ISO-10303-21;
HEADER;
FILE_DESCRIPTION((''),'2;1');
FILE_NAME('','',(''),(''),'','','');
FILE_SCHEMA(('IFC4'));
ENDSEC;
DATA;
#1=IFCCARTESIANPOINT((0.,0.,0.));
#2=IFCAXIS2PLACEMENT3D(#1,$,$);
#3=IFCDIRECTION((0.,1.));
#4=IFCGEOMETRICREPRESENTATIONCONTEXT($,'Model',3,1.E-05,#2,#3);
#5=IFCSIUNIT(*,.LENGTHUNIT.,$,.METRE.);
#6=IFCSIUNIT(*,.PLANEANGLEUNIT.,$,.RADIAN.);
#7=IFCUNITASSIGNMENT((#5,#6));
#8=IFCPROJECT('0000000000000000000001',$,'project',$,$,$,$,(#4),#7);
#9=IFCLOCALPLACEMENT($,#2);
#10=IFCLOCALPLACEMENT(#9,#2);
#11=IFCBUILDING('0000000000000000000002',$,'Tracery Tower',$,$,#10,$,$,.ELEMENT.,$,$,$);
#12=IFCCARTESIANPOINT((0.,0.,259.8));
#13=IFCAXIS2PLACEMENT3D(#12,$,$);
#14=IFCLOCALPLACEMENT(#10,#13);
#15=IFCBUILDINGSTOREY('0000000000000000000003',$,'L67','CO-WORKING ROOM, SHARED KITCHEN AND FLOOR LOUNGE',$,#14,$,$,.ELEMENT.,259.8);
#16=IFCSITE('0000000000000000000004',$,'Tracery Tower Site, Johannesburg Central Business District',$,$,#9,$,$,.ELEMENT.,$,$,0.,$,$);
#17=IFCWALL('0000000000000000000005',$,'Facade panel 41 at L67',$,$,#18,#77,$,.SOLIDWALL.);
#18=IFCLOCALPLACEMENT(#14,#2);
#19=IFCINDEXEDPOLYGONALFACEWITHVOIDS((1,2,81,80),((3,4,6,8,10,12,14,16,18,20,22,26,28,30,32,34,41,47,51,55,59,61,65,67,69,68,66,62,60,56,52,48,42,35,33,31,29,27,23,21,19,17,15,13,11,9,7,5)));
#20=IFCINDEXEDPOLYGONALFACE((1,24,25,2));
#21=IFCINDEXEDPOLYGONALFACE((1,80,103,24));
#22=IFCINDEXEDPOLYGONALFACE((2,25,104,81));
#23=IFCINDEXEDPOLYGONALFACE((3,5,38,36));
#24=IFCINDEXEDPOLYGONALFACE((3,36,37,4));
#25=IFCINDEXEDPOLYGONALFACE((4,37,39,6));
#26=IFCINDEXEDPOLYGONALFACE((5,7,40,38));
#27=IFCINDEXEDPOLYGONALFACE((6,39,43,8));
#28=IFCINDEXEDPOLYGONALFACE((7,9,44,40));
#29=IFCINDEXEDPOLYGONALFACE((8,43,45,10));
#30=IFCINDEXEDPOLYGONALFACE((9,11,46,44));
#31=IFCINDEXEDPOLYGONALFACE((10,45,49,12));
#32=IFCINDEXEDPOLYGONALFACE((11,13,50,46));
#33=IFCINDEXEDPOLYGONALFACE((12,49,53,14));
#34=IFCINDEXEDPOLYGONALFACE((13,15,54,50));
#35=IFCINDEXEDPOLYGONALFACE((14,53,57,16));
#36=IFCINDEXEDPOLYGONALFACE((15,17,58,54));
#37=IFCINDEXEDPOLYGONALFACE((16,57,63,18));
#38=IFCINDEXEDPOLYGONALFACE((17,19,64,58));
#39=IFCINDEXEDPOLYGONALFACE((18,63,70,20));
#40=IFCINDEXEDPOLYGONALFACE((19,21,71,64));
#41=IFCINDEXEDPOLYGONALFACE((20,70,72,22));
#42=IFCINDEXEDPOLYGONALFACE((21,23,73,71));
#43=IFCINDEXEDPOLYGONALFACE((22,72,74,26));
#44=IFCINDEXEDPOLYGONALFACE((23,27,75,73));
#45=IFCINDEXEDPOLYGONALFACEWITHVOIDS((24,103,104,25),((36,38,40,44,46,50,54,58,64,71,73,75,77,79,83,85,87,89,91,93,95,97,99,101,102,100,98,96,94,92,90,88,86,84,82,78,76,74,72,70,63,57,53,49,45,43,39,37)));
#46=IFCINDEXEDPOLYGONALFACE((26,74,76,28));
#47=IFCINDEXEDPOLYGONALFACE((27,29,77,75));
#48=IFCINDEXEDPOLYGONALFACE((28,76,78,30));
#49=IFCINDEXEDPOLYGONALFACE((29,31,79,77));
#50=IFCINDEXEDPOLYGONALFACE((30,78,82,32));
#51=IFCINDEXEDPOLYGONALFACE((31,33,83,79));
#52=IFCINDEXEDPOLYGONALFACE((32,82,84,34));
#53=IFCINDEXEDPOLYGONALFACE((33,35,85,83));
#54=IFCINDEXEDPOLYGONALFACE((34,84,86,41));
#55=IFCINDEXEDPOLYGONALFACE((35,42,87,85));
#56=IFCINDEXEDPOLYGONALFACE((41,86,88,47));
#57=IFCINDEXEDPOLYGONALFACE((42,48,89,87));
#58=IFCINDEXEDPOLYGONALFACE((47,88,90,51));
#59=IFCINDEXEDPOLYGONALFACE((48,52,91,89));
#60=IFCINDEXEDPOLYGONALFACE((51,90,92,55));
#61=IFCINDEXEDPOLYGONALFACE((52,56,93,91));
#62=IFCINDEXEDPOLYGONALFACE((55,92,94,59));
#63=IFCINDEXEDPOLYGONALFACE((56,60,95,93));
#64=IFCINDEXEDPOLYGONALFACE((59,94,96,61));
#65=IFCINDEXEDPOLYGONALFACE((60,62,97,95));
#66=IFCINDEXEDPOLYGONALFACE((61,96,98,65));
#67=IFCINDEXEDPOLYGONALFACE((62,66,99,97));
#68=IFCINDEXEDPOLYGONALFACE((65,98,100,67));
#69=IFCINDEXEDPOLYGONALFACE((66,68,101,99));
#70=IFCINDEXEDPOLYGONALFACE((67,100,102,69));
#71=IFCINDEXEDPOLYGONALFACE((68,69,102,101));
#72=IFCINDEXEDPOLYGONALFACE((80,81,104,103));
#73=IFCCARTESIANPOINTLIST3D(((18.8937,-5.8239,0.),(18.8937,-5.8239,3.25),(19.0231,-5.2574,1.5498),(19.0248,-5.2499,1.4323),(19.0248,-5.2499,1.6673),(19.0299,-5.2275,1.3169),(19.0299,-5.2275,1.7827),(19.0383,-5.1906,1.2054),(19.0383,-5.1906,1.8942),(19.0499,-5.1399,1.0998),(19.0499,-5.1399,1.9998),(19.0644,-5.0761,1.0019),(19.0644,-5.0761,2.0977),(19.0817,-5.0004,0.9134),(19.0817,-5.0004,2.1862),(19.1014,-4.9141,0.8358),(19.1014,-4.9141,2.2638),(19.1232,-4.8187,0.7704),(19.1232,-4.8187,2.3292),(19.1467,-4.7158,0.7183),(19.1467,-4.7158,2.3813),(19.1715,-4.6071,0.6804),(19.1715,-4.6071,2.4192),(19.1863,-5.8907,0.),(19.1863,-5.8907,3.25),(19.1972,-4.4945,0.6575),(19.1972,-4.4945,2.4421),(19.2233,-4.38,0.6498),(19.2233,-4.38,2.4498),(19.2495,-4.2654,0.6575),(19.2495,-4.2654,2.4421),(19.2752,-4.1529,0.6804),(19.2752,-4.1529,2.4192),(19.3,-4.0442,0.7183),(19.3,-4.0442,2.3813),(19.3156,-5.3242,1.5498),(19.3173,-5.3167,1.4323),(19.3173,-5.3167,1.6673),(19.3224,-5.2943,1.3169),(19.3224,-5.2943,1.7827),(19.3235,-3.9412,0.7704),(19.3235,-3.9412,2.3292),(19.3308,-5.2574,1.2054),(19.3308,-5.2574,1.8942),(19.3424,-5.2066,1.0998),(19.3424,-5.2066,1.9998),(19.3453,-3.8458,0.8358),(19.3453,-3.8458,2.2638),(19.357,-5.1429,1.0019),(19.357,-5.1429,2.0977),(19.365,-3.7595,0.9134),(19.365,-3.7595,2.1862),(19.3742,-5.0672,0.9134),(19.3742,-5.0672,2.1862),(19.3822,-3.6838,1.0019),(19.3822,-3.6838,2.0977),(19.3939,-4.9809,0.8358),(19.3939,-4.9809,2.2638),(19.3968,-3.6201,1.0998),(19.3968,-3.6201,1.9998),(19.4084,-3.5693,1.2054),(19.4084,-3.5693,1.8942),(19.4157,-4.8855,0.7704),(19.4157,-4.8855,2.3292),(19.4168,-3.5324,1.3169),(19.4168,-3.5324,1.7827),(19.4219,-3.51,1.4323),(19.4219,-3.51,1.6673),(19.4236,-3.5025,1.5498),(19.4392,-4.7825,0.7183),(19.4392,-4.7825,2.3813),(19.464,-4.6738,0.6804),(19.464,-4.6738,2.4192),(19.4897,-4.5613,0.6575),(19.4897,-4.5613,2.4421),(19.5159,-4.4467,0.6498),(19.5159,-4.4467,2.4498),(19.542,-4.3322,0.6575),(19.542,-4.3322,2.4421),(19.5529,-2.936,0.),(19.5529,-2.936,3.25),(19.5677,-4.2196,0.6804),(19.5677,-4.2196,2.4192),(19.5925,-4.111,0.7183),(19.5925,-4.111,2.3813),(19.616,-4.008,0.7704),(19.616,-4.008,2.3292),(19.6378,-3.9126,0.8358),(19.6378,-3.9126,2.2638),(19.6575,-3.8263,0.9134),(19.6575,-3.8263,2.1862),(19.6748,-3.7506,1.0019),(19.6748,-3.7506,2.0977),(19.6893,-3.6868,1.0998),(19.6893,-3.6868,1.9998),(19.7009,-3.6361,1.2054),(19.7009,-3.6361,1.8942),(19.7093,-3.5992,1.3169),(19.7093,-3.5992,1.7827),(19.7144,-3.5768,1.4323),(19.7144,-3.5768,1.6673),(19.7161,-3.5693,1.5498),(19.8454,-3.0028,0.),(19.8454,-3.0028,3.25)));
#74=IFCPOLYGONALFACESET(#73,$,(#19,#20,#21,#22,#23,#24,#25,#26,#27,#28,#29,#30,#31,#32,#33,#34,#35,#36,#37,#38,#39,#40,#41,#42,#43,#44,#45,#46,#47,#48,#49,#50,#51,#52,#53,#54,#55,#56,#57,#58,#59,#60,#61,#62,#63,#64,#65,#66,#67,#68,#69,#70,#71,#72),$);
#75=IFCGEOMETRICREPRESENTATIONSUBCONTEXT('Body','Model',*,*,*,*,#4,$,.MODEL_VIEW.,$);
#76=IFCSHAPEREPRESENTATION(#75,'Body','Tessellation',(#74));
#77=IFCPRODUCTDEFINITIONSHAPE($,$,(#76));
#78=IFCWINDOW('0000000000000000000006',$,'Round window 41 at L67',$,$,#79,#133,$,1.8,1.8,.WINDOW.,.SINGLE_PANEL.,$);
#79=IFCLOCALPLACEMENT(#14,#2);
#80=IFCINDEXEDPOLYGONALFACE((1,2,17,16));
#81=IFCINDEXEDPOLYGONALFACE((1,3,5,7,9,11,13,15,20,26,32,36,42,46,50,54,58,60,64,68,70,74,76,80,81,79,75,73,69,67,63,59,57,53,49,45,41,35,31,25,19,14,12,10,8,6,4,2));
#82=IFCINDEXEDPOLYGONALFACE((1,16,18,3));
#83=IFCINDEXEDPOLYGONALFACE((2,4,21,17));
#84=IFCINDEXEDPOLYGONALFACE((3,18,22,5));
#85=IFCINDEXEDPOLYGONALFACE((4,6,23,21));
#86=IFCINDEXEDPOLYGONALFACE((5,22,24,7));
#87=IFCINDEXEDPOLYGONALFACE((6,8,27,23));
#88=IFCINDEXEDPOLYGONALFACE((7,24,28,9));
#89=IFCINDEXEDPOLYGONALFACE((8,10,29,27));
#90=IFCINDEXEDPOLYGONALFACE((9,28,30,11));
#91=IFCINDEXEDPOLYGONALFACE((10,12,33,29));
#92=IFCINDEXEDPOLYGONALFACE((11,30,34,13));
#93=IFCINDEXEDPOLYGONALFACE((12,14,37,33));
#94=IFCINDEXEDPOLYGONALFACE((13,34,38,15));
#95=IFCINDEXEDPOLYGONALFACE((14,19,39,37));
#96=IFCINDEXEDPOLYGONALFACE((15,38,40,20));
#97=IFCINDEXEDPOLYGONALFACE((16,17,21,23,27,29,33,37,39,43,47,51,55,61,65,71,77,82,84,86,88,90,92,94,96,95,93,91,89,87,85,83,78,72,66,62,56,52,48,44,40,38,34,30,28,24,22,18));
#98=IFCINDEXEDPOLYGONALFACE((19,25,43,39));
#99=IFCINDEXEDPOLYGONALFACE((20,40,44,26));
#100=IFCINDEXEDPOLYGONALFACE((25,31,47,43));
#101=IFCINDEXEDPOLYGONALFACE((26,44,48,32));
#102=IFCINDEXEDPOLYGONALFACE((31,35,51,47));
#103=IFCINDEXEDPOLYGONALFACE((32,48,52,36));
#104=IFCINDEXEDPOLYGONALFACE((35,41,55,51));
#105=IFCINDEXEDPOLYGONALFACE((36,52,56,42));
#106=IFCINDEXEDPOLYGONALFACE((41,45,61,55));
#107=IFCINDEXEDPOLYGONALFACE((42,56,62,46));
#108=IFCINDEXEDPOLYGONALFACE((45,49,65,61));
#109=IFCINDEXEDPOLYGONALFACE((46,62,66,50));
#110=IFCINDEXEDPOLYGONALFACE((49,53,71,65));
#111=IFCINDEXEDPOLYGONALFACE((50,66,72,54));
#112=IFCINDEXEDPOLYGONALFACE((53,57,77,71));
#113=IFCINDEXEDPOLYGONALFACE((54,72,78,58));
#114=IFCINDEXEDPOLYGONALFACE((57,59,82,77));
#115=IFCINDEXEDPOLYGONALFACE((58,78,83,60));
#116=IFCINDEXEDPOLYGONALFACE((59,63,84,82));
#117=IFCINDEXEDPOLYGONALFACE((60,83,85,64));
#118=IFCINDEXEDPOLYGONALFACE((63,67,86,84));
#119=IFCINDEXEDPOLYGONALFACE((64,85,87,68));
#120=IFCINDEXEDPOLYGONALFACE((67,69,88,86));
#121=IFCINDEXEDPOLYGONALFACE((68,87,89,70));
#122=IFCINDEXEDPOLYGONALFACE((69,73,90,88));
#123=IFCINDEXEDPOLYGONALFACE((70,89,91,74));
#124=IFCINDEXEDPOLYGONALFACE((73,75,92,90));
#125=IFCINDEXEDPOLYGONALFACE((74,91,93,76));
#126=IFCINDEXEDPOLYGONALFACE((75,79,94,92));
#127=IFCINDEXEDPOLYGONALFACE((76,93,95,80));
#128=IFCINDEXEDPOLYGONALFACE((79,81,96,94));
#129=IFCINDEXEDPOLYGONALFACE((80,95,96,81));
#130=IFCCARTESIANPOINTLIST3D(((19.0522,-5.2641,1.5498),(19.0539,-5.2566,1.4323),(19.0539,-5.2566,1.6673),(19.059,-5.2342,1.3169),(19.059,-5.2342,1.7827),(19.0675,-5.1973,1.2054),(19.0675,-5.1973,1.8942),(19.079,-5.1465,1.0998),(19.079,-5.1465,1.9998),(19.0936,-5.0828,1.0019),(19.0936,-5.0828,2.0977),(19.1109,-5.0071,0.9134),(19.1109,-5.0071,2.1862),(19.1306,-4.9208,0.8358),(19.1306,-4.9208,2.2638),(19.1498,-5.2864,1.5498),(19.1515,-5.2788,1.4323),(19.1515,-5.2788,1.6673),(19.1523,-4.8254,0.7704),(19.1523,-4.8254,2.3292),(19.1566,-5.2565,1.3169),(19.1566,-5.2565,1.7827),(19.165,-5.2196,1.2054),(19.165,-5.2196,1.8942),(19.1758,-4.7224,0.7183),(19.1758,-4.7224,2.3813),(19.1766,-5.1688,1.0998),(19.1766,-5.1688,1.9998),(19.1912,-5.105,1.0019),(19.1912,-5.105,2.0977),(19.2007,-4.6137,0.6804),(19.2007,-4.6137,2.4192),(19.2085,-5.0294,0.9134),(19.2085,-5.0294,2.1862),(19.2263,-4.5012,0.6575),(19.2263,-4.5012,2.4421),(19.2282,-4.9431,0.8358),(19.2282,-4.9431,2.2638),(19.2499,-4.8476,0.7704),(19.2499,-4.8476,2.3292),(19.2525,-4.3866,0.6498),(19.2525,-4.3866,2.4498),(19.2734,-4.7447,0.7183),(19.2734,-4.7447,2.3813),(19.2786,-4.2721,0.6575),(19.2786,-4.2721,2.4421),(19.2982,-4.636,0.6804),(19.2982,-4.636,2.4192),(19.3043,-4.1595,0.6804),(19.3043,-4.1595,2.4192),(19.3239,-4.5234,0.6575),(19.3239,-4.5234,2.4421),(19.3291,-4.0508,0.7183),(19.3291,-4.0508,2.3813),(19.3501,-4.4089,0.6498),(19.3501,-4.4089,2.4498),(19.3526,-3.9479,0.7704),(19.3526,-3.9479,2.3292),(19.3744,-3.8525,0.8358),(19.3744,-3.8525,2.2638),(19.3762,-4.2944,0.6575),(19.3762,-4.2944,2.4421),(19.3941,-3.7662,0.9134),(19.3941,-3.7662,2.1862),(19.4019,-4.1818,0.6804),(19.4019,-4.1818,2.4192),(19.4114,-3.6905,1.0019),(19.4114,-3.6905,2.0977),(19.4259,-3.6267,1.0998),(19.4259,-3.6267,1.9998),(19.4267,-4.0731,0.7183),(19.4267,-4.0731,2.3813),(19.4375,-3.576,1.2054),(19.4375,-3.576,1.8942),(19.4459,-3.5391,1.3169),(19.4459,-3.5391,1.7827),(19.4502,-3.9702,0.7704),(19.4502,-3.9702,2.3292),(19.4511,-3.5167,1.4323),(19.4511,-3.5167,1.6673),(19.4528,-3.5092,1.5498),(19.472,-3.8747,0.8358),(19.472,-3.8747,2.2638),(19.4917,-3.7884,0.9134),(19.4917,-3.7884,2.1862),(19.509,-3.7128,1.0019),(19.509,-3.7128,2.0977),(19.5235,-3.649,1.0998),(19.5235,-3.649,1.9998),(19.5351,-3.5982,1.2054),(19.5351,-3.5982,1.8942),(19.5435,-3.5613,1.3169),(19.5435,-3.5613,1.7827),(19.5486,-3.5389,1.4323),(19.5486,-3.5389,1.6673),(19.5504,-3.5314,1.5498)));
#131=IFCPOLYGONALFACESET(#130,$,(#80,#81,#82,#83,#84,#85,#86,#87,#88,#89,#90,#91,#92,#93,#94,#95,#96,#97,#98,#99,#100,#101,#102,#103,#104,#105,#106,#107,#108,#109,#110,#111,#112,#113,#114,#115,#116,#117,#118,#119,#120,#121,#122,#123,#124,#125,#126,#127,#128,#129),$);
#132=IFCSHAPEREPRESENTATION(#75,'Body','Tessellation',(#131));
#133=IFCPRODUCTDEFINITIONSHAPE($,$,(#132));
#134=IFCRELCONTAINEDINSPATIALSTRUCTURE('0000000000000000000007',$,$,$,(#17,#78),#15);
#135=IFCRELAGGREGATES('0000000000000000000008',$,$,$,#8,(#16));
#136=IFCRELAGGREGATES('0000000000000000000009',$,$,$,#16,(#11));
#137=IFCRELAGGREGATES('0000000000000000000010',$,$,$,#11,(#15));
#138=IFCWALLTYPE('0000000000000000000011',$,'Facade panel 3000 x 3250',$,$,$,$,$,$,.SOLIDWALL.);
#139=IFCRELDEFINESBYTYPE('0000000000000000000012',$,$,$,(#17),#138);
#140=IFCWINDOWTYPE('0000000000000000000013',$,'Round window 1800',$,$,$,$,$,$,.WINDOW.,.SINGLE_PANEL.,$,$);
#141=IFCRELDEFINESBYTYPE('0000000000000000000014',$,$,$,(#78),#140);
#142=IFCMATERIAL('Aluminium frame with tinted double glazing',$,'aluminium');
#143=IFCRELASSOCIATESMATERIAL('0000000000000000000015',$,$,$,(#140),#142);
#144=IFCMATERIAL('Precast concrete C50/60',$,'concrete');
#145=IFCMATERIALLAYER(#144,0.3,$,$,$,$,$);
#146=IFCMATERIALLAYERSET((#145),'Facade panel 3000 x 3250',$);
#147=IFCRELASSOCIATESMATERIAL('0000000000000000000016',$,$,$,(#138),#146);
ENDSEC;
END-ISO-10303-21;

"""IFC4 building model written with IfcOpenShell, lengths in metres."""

from ifc_helpers import new_model, si_unit, direction, frame, frame_2d, origin, origin_2d, place, context, subcontext, project, spatial, rectangle, circle, extrude, material, layer, layer_set, type_object, element, fill, save


model = new_model("IFC4")

# Units and contexts
model_context = context("Model", 3, precision=1e-05, world=origin(), true_north=direction((0.0, 1.0)))
body_context = subcontext(model_context, "Body", "Model", "MODEL_VIEW")
ifc_project = project(units=[si_unit("LENGTHUNIT", "METRE"), si_unit("PLANEANGLEUNIT", "RADIAN")], contexts=[model_context])

# Site, building, storey
site_placement = place(None, origin())
site = spatial("IfcSite", under=ifc_project, at=site_placement, Name="Tracery Tower Site, Johannesburg Central Business District", CompositionType="ELEMENT", RefElevation=0.0)
building_placement = place(site_placement, origin())
building = spatial("IfcBuilding", under=site, at=building_placement, Name="Tracery Tower", CompositionType="ELEMENT")
storey_placement = place(building_placement, frame((0.0, 0.0, 259.8)))
storey = spatial("IfcBuildingStorey", under=building, at=storey_placement, Name="L67", Description="CO-WORKING ROOM, SHARED KITCHEN AND FLOOR LOUNGE", CompositionType="ELEMENT", Elevation=259.8)

# Wall, opening, window
ifc_material_1 = material(Name="Aluminium frame with tinted double glazing", Category="aluminium")
window_type = type_object("IfcWindowType", Name="Round window 1800", PartitioningType="SINGLE_PANEL", PredefinedType="WINDOW", material=ifc_material_1)
ifc_material_2 = material(Name="Precast concrete C50/60", Category="concrete")
ifc_layer_1 = layer(ifc_material_2, 0.3)
ifc_layer_set_1 = layer_set([ifc_layer_1], Name="Facade panel 3000 x 3250")
wall_type_1 = type_object("IfcWallType", Name="Facade panel 3000 x 3250", PredefinedType="SOLIDWALL", material=ifc_layer_set_1)
wall_1_placement = place(storey_placement, frame((19.04, -5.8572, 0.0), z_axis=(0.0, 0.0, 1.0), x_axis=(0.222529, 0.974926, 0.0)))
wall_1 = element("IfcWall", 1, at=wall_1_placement, inside=storey, type_object=wall_type_1, Name="Facade panel 41 at L67", PredefinedType="SOLIDWALL", context=body_context, shape_type="SweptSolid", body=[
    extrude(rectangle(XDim=2.9622, YDim=0.3, at=frame_2d((1.481, 0.0))), origin(), (0.0, 0.0, 1.0), 3.25),
])
opening_1_placement = place(wall_1_placement, frame((1.481, 0.0, 1.5498)))
opening_1 = element("IfcOpeningElement", 2, at=opening_1_placement, cuts=wall_1, PredefinedType="OPENING", context=body_context, shape_type="SweptSolid", body=[
    extrude(circle(Radius=0.9, at=origin_2d()), frame((0.0, 0.1599, 0.0), z_axis=(0.0, -1.0, 0.0), x_axis=(1.0, 0.0, 0.0)), (0.0, 0.0, 1.0), 0.3201),
])
window_1_placement = place(opening_1_placement, origin())
window_1 = element("IfcWindow", 3, at=window_1_placement, inside=storey, type_object=window_type, Name="Round window 41 at L67", OverallHeight=1.8, OverallWidth=1.8, PartitioningType="SINGLE_PANEL", PredefinedType="WINDOW", context=body_context, shape_type="SweptSolid", body=[
    extrude(circle(Radius=0.9, at=origin_2d()), frame((0.0, 0.1201, 0.0), z_axis=(0.0, -1.0, 0.0), x_axis=(1.0, 0.0, 0.0)), (0.0, 0.0, 1.0), 0.1001),
])
fill(opening_1, window_1)

save(model, "model.ifc")
